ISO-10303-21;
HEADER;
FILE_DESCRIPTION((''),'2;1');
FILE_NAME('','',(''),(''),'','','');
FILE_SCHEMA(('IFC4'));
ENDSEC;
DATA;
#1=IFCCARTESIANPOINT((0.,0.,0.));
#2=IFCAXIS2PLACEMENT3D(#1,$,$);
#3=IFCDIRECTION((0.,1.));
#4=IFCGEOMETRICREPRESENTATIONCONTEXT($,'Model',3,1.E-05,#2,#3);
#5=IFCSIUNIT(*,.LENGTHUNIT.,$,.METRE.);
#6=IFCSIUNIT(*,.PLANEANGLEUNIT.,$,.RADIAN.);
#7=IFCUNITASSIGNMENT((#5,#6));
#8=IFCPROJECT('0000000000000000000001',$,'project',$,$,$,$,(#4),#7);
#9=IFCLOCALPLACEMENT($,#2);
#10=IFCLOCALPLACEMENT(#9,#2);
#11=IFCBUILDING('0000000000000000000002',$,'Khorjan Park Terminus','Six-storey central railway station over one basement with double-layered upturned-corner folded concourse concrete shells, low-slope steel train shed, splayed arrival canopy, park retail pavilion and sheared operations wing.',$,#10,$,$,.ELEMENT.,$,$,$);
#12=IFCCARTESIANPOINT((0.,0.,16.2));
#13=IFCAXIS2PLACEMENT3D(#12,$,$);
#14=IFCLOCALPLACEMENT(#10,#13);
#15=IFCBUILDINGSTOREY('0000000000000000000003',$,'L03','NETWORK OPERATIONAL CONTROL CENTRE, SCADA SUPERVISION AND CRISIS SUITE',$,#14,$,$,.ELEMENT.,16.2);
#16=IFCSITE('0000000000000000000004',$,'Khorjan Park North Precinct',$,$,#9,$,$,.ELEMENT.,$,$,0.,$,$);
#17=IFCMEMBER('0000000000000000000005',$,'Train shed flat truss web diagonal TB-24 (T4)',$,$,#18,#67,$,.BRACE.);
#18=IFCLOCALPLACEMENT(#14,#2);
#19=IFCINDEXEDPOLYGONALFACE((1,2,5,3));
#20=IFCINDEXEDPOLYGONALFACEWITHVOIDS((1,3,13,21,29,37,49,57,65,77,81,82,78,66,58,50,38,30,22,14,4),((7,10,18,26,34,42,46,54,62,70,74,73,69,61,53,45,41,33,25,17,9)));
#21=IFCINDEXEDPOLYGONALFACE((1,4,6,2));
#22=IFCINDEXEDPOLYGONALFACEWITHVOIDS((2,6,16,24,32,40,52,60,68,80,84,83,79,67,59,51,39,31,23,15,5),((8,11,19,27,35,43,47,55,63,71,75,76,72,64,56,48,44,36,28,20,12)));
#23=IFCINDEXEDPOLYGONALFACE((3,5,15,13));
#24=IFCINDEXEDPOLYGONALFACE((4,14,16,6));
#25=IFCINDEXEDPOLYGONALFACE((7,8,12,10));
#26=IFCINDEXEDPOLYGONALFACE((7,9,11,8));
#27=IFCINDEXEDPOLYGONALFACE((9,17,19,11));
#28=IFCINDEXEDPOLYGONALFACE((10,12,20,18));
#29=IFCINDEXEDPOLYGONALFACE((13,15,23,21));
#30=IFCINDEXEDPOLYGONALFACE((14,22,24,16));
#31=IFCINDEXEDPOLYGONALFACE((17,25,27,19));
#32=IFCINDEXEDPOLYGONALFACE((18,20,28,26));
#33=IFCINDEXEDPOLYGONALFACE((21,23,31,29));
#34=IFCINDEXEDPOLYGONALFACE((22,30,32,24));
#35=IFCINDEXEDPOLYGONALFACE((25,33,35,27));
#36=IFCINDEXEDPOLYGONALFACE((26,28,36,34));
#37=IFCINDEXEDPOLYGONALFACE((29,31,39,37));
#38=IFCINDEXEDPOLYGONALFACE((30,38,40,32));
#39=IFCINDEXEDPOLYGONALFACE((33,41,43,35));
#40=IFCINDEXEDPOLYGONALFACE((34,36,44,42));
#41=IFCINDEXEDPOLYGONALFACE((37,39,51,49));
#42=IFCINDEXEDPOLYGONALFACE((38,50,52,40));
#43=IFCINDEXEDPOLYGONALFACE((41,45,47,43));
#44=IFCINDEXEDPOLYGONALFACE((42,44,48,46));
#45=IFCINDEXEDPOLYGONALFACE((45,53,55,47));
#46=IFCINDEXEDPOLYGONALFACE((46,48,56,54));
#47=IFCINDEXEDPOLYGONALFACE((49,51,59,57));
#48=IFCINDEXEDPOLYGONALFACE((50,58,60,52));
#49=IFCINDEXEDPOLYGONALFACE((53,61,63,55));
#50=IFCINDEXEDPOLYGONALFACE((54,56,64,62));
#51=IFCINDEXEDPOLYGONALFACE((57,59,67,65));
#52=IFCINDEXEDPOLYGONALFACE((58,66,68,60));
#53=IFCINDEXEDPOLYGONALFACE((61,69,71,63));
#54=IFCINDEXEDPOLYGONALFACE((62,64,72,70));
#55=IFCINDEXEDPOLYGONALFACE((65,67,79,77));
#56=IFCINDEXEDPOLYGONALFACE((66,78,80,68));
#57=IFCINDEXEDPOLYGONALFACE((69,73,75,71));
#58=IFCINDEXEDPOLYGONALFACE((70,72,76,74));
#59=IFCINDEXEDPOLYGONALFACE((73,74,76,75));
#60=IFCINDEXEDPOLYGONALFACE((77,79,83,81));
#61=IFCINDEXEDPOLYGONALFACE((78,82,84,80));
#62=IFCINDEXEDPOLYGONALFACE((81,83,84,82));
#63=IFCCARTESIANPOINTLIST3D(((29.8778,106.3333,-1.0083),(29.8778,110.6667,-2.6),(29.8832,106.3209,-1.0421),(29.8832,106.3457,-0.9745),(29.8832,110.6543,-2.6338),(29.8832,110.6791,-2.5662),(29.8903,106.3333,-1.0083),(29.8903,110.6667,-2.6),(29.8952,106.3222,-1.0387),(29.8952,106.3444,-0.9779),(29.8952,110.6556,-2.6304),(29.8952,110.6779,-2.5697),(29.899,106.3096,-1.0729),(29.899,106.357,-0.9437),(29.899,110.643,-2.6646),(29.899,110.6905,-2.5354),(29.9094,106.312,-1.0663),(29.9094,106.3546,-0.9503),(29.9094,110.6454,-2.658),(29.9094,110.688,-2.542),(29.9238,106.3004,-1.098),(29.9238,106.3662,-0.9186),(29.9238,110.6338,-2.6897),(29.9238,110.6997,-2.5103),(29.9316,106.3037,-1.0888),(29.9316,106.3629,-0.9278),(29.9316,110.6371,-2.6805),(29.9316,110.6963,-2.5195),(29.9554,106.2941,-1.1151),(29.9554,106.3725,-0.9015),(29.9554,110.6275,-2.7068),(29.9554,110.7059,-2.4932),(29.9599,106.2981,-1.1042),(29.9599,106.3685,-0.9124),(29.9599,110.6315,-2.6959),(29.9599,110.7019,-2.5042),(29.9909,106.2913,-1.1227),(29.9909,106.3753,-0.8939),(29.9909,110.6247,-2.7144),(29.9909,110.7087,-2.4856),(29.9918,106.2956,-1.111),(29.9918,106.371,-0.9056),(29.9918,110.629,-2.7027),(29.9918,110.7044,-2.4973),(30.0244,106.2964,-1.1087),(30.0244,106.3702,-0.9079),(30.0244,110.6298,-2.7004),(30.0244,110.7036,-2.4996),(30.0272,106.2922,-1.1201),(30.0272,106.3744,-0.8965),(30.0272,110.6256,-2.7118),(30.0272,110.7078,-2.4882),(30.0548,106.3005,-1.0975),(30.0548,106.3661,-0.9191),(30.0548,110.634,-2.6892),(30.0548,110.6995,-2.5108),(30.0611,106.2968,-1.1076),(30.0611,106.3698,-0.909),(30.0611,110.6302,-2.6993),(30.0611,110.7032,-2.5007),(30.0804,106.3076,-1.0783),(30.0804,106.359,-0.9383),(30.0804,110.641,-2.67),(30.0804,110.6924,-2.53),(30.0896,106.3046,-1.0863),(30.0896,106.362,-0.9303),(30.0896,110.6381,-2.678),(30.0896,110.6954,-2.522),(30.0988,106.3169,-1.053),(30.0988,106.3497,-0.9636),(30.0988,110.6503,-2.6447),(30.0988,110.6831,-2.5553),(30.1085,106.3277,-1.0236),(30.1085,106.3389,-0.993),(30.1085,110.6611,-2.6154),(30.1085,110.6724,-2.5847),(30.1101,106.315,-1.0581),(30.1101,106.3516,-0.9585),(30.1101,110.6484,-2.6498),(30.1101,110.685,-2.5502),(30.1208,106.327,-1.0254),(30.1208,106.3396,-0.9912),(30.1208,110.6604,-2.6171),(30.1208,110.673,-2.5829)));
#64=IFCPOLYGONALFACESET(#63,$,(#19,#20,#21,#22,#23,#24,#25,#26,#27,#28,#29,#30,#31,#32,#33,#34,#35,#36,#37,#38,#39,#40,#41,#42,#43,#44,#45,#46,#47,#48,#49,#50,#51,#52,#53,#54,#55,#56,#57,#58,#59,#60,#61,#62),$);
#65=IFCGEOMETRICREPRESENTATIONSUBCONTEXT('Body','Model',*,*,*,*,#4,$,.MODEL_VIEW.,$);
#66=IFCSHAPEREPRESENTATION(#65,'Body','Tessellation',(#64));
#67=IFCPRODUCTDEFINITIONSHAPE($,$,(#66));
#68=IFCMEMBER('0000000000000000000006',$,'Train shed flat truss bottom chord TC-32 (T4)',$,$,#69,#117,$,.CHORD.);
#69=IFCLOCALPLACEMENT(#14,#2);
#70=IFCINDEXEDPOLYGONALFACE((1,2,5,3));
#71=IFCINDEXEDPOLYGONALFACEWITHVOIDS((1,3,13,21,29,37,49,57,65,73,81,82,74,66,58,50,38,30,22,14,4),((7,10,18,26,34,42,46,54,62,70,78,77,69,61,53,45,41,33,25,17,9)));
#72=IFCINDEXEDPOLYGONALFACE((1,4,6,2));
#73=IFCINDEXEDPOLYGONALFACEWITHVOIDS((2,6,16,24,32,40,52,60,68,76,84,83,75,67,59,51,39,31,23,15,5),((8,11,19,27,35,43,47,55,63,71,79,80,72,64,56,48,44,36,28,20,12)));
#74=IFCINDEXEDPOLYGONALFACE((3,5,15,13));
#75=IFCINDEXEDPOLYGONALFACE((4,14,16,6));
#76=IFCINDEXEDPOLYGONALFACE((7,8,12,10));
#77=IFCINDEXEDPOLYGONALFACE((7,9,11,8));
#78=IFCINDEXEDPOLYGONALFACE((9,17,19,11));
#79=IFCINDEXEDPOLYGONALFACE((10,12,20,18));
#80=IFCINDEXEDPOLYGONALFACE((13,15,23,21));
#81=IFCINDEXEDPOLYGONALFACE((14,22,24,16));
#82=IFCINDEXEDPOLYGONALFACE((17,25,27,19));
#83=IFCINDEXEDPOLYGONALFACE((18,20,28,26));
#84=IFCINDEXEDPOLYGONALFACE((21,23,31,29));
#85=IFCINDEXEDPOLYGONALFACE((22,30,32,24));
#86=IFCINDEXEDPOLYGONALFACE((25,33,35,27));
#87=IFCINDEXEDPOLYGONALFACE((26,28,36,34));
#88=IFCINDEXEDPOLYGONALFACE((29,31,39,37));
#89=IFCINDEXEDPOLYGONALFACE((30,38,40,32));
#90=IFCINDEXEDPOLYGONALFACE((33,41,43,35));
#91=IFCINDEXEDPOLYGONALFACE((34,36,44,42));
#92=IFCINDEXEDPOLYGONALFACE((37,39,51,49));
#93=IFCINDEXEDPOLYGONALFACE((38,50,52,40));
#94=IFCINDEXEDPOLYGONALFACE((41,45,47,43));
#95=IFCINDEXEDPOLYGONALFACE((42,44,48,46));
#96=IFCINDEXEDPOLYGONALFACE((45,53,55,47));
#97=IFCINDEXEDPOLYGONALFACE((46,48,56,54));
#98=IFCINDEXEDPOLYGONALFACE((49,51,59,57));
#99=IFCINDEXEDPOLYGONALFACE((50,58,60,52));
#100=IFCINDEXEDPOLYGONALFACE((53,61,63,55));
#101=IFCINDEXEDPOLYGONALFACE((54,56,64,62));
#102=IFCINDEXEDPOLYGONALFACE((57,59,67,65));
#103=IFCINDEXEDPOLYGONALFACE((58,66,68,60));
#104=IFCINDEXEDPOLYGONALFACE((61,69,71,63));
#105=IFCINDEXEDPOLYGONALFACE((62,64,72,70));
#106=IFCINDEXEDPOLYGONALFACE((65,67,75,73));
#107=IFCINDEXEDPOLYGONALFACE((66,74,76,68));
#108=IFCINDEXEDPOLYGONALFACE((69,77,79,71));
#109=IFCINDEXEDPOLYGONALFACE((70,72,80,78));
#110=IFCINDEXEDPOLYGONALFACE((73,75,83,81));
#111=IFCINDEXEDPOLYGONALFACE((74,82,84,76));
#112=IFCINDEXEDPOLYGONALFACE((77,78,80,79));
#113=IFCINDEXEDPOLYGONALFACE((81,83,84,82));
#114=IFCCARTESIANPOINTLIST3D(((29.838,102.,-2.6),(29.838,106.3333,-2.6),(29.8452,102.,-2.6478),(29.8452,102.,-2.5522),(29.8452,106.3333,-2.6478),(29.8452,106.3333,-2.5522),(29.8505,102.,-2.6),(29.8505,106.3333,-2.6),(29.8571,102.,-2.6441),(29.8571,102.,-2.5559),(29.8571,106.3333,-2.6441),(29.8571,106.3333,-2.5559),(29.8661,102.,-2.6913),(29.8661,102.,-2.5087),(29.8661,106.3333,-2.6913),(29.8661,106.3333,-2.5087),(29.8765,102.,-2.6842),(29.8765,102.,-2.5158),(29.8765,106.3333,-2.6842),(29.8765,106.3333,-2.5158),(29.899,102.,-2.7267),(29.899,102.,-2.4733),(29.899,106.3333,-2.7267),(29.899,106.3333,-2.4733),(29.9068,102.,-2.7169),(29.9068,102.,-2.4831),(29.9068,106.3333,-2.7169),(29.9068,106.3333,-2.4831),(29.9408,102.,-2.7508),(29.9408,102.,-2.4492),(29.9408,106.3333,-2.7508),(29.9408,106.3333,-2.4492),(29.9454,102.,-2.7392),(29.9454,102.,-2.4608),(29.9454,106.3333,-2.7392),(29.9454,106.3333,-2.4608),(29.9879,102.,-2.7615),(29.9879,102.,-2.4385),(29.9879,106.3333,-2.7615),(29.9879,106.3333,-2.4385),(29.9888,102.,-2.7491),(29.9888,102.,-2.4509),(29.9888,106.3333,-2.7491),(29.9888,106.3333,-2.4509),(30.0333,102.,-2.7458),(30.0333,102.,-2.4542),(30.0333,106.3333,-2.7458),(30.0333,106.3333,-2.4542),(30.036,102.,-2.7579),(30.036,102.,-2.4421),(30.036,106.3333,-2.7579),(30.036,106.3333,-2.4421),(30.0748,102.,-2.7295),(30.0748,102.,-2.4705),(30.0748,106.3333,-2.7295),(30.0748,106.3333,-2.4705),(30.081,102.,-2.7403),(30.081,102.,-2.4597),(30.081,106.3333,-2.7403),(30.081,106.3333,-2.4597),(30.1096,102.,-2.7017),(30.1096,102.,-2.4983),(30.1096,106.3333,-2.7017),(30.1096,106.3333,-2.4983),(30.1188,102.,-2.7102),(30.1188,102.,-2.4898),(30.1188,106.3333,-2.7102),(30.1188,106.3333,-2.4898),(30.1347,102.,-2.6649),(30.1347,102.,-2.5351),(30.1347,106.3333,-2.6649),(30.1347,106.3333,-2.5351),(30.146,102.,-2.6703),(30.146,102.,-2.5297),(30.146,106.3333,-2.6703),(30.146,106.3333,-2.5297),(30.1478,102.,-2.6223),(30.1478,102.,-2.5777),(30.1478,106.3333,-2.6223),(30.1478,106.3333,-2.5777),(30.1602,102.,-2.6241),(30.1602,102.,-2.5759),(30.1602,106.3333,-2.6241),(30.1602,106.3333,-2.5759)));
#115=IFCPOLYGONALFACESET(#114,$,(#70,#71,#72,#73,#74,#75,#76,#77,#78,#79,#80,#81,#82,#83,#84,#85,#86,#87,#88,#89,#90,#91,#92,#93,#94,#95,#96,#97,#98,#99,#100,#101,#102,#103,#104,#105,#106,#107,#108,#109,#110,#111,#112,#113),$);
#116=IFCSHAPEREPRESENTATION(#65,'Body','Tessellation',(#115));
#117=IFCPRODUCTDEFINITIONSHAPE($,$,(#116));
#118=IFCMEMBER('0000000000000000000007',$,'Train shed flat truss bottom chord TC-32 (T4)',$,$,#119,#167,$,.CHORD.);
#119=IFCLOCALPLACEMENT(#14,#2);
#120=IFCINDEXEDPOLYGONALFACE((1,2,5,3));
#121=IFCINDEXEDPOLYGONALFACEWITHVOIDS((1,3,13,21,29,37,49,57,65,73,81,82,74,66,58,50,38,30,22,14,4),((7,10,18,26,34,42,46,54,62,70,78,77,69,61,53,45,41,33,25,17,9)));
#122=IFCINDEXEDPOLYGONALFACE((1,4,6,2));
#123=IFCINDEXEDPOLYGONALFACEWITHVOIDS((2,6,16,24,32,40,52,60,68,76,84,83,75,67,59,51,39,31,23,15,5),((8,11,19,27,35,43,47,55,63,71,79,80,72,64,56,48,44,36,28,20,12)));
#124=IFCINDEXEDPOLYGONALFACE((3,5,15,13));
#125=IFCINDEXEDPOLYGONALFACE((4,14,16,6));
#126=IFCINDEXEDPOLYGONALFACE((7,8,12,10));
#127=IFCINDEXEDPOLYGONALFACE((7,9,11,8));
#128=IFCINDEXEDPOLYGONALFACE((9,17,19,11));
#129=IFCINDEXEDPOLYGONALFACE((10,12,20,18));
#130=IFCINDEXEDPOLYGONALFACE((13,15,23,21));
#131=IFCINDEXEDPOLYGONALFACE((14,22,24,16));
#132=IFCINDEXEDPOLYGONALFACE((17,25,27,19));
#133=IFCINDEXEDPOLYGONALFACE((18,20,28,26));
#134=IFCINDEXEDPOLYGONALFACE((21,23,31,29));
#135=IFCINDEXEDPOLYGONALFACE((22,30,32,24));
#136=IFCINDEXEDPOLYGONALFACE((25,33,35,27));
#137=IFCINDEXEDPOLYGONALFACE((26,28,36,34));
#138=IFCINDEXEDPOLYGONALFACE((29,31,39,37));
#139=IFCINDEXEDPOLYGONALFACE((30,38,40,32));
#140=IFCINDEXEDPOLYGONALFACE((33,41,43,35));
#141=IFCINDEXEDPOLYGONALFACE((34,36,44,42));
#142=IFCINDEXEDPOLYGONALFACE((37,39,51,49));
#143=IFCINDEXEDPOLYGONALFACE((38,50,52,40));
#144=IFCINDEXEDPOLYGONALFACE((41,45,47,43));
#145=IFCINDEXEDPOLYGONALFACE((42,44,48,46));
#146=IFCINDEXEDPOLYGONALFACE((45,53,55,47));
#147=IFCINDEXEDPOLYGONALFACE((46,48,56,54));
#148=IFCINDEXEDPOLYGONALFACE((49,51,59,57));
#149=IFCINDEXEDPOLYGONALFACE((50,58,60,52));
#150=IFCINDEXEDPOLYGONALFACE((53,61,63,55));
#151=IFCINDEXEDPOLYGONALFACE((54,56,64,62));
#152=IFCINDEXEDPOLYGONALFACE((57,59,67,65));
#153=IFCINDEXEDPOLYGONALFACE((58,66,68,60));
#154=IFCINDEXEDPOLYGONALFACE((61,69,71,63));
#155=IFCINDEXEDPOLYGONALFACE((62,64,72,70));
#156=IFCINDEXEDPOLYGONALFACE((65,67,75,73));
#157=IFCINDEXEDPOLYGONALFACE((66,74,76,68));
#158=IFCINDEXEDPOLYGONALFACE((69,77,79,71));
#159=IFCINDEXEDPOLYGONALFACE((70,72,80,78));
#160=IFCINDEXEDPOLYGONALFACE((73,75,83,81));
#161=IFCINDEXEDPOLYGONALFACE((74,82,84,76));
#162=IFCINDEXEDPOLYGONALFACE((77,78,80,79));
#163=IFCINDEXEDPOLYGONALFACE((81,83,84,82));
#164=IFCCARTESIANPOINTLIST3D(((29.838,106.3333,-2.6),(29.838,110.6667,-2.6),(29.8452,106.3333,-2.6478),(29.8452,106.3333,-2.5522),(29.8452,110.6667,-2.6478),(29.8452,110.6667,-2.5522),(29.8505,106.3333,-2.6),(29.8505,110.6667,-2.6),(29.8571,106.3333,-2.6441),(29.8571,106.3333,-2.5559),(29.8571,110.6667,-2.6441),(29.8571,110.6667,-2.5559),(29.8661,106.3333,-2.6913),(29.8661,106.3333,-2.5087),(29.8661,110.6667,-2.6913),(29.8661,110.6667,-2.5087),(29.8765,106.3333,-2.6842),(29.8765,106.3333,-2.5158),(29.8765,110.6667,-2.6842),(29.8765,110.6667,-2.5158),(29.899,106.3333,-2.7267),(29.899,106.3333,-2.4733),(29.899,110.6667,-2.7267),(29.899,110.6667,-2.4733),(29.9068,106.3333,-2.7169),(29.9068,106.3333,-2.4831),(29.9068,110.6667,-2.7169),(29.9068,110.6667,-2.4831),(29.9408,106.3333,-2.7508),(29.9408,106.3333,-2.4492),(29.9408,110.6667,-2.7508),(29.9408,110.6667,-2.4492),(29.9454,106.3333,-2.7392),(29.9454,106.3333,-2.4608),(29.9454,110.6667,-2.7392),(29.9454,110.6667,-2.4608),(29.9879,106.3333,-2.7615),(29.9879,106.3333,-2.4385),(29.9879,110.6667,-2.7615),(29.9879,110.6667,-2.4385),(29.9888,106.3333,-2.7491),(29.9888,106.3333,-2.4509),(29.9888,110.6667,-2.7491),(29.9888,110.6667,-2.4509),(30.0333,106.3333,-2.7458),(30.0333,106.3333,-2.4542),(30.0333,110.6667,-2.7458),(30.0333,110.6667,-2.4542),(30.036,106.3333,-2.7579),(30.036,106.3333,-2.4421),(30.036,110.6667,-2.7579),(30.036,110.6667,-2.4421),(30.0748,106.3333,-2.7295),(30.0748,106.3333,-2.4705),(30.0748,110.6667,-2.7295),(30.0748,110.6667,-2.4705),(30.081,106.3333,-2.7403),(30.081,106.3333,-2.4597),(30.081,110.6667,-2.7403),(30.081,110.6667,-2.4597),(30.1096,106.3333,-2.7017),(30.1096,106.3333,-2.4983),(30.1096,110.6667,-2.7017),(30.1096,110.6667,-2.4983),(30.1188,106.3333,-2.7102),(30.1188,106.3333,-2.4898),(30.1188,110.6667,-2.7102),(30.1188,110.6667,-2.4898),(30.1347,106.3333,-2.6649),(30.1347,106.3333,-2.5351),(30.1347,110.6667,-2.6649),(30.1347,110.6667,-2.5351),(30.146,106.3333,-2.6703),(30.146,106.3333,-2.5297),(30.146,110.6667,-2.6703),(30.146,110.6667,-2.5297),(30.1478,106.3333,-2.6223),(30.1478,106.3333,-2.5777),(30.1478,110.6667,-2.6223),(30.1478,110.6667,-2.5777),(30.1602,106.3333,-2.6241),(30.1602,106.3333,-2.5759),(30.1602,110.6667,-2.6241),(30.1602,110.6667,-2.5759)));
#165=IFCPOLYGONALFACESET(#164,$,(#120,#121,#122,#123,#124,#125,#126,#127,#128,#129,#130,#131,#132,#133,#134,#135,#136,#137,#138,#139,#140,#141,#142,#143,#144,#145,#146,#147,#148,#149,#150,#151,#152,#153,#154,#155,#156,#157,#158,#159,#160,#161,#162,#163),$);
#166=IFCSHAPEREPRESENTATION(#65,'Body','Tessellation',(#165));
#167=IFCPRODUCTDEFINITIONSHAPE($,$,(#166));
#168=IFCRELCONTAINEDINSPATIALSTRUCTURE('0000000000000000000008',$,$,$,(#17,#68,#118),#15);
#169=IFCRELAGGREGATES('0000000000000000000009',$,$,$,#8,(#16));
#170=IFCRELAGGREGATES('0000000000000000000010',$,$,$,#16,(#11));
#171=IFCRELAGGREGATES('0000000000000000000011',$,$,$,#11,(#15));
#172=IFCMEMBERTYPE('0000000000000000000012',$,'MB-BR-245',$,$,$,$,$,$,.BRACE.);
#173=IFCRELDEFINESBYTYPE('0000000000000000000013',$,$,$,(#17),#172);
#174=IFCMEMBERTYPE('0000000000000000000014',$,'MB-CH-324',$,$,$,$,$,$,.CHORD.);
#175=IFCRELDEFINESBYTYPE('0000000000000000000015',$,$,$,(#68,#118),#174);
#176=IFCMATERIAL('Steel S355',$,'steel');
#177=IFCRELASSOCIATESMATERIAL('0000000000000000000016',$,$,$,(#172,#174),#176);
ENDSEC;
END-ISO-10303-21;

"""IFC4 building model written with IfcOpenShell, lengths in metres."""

from ifc_helpers import new_model, si_unit, direction, frame, origin, origin_2d, place, context, subcontext, project, spatial, hollow_circle, extrude, material, material_profile, profile_set, type_object, element, save


model = new_model("IFC4")

# Units and contexts
model_context = context("Model", 3, precision=1e-05, world=origin(), true_north=direction((0.0, 1.0)))
body_context = subcontext(model_context, "Body", "Model", "MODEL_VIEW")
ifc_project = project(units=[si_unit("LENGTHUNIT", "METRE"), si_unit("PLANEANGLEUNIT", "RADIAN")], contexts=[model_context])

# Site, building, storey
site_placement = place(None, origin())
site = spatial("IfcSite", under=ifc_project, at=site_placement, Name="Khorjan Park North Precinct", CompositionType="ELEMENT", RefElevation=0.0)
building_placement = place(site_placement, origin())
building = spatial("IfcBuilding", under=site, at=building_placement, Name="Khorjan Park Terminus", Description="Six-storey central railway station over one basement with double-layered upturned-corner folded concourse concrete shells, low-slope steel train shed, splayed arrival canopy, park retail pavilion and sheared operations wing.", CompositionType="ELEMENT")
storey_placement = place(building_placement, frame((0.0, 0.0, 16.2)))
storey = spatial("IfcBuildingStorey", under=building, at=storey_placement, Name="L03", Description="NETWORK OPERATIONAL CONTROL CENTRE, SCADA SUPERVISION AND CRISIS SUITE", CompositionType="ELEMENT", Elevation=16.2)

# Members
ifc_material = material(Name="Steel S355", Category="steel")
ifc_material_profile_1 = material_profile(ifc_material, hollow_circle(Radius=0.1222, WallThickness=0.0125, at=origin_2d()), Name="CHS 244.5x12.5")
ifc_profile_set_1 = profile_set([ifc_material_profile_1], Name="Steel S355")
member_type_1 = type_object("IfcMemberType", Name="MB-BR-245", PredefinedType="BRACE", material=ifc_profile_set_1)
member_1_placement = place(storey_placement, frame((30.0, 106.3333, -1.0083), z_axis=(0.0, 0.938681, -0.344787), x_axis=(-1.0, 0.0, 0.0)))
element("IfcMember", 1, at=member_1_placement, inside=storey, type_object=member_type_1, Name="Train shed flat truss web diagonal TB-24 (T4)", PredefinedType="BRACE", context=body_context, shape_type="SweptSolid", body=[
    extrude(hollow_circle(Radius=0.1222, WallThickness=0.0125, at=origin_2d()), origin(), (0.0, 0.0, 1.0), 4.6165),
])
ifc_material_profile_2 = material_profile(ifc_material, hollow_circle(Radius=0.162, WallThickness=0.0125, at=origin_2d()), Name="CHS 323.9x12.5")
ifc_profile_set_2 = profile_set([ifc_material_profile_2], Name="Steel S355")
member_type_2 = type_object("IfcMemberType", Name="MB-CH-324", PredefinedType="CHORD", material=ifc_profile_set_2)
member_2_placement = place(storey_placement, frame((30.0, 102.0, -2.6), z_axis=(0.0, 1.0, 0.0), x_axis=(-1.0, 0.0, 0.0)))
element("IfcMember", 2, at=member_2_placement, inside=storey, type_object=member_type_2, Name="Train shed flat truss bottom chord TC-32 (T4)", PredefinedType="CHORD", context=body_context, shape_type="SweptSolid", body=[
    extrude(hollow_circle(Radius=0.162, WallThickness=0.0125, at=origin_2d()), origin(), (0.0, 0.0, 1.0), 4.3333),
])
member_3_placement = place(storey_placement, frame((30.0, 106.3333, -2.6), z_axis=(0.0, 1.0, 0.0), x_axis=(-1.0, 0.0, 0.0)))
element("IfcMember", 3, at=member_3_placement, inside=storey, type_object=member_type_2, Name="Train shed flat truss bottom chord TC-32 (T4)", PredefinedType="CHORD", context=body_context, shape_type="SweptSolid", body=[
    extrude(hollow_circle(Radius=0.162, WallThickness=0.0125, at=origin_2d()), origin(), (0.0, 0.0, 1.0), 4.3334),
])

save(model, "model.ifc")
